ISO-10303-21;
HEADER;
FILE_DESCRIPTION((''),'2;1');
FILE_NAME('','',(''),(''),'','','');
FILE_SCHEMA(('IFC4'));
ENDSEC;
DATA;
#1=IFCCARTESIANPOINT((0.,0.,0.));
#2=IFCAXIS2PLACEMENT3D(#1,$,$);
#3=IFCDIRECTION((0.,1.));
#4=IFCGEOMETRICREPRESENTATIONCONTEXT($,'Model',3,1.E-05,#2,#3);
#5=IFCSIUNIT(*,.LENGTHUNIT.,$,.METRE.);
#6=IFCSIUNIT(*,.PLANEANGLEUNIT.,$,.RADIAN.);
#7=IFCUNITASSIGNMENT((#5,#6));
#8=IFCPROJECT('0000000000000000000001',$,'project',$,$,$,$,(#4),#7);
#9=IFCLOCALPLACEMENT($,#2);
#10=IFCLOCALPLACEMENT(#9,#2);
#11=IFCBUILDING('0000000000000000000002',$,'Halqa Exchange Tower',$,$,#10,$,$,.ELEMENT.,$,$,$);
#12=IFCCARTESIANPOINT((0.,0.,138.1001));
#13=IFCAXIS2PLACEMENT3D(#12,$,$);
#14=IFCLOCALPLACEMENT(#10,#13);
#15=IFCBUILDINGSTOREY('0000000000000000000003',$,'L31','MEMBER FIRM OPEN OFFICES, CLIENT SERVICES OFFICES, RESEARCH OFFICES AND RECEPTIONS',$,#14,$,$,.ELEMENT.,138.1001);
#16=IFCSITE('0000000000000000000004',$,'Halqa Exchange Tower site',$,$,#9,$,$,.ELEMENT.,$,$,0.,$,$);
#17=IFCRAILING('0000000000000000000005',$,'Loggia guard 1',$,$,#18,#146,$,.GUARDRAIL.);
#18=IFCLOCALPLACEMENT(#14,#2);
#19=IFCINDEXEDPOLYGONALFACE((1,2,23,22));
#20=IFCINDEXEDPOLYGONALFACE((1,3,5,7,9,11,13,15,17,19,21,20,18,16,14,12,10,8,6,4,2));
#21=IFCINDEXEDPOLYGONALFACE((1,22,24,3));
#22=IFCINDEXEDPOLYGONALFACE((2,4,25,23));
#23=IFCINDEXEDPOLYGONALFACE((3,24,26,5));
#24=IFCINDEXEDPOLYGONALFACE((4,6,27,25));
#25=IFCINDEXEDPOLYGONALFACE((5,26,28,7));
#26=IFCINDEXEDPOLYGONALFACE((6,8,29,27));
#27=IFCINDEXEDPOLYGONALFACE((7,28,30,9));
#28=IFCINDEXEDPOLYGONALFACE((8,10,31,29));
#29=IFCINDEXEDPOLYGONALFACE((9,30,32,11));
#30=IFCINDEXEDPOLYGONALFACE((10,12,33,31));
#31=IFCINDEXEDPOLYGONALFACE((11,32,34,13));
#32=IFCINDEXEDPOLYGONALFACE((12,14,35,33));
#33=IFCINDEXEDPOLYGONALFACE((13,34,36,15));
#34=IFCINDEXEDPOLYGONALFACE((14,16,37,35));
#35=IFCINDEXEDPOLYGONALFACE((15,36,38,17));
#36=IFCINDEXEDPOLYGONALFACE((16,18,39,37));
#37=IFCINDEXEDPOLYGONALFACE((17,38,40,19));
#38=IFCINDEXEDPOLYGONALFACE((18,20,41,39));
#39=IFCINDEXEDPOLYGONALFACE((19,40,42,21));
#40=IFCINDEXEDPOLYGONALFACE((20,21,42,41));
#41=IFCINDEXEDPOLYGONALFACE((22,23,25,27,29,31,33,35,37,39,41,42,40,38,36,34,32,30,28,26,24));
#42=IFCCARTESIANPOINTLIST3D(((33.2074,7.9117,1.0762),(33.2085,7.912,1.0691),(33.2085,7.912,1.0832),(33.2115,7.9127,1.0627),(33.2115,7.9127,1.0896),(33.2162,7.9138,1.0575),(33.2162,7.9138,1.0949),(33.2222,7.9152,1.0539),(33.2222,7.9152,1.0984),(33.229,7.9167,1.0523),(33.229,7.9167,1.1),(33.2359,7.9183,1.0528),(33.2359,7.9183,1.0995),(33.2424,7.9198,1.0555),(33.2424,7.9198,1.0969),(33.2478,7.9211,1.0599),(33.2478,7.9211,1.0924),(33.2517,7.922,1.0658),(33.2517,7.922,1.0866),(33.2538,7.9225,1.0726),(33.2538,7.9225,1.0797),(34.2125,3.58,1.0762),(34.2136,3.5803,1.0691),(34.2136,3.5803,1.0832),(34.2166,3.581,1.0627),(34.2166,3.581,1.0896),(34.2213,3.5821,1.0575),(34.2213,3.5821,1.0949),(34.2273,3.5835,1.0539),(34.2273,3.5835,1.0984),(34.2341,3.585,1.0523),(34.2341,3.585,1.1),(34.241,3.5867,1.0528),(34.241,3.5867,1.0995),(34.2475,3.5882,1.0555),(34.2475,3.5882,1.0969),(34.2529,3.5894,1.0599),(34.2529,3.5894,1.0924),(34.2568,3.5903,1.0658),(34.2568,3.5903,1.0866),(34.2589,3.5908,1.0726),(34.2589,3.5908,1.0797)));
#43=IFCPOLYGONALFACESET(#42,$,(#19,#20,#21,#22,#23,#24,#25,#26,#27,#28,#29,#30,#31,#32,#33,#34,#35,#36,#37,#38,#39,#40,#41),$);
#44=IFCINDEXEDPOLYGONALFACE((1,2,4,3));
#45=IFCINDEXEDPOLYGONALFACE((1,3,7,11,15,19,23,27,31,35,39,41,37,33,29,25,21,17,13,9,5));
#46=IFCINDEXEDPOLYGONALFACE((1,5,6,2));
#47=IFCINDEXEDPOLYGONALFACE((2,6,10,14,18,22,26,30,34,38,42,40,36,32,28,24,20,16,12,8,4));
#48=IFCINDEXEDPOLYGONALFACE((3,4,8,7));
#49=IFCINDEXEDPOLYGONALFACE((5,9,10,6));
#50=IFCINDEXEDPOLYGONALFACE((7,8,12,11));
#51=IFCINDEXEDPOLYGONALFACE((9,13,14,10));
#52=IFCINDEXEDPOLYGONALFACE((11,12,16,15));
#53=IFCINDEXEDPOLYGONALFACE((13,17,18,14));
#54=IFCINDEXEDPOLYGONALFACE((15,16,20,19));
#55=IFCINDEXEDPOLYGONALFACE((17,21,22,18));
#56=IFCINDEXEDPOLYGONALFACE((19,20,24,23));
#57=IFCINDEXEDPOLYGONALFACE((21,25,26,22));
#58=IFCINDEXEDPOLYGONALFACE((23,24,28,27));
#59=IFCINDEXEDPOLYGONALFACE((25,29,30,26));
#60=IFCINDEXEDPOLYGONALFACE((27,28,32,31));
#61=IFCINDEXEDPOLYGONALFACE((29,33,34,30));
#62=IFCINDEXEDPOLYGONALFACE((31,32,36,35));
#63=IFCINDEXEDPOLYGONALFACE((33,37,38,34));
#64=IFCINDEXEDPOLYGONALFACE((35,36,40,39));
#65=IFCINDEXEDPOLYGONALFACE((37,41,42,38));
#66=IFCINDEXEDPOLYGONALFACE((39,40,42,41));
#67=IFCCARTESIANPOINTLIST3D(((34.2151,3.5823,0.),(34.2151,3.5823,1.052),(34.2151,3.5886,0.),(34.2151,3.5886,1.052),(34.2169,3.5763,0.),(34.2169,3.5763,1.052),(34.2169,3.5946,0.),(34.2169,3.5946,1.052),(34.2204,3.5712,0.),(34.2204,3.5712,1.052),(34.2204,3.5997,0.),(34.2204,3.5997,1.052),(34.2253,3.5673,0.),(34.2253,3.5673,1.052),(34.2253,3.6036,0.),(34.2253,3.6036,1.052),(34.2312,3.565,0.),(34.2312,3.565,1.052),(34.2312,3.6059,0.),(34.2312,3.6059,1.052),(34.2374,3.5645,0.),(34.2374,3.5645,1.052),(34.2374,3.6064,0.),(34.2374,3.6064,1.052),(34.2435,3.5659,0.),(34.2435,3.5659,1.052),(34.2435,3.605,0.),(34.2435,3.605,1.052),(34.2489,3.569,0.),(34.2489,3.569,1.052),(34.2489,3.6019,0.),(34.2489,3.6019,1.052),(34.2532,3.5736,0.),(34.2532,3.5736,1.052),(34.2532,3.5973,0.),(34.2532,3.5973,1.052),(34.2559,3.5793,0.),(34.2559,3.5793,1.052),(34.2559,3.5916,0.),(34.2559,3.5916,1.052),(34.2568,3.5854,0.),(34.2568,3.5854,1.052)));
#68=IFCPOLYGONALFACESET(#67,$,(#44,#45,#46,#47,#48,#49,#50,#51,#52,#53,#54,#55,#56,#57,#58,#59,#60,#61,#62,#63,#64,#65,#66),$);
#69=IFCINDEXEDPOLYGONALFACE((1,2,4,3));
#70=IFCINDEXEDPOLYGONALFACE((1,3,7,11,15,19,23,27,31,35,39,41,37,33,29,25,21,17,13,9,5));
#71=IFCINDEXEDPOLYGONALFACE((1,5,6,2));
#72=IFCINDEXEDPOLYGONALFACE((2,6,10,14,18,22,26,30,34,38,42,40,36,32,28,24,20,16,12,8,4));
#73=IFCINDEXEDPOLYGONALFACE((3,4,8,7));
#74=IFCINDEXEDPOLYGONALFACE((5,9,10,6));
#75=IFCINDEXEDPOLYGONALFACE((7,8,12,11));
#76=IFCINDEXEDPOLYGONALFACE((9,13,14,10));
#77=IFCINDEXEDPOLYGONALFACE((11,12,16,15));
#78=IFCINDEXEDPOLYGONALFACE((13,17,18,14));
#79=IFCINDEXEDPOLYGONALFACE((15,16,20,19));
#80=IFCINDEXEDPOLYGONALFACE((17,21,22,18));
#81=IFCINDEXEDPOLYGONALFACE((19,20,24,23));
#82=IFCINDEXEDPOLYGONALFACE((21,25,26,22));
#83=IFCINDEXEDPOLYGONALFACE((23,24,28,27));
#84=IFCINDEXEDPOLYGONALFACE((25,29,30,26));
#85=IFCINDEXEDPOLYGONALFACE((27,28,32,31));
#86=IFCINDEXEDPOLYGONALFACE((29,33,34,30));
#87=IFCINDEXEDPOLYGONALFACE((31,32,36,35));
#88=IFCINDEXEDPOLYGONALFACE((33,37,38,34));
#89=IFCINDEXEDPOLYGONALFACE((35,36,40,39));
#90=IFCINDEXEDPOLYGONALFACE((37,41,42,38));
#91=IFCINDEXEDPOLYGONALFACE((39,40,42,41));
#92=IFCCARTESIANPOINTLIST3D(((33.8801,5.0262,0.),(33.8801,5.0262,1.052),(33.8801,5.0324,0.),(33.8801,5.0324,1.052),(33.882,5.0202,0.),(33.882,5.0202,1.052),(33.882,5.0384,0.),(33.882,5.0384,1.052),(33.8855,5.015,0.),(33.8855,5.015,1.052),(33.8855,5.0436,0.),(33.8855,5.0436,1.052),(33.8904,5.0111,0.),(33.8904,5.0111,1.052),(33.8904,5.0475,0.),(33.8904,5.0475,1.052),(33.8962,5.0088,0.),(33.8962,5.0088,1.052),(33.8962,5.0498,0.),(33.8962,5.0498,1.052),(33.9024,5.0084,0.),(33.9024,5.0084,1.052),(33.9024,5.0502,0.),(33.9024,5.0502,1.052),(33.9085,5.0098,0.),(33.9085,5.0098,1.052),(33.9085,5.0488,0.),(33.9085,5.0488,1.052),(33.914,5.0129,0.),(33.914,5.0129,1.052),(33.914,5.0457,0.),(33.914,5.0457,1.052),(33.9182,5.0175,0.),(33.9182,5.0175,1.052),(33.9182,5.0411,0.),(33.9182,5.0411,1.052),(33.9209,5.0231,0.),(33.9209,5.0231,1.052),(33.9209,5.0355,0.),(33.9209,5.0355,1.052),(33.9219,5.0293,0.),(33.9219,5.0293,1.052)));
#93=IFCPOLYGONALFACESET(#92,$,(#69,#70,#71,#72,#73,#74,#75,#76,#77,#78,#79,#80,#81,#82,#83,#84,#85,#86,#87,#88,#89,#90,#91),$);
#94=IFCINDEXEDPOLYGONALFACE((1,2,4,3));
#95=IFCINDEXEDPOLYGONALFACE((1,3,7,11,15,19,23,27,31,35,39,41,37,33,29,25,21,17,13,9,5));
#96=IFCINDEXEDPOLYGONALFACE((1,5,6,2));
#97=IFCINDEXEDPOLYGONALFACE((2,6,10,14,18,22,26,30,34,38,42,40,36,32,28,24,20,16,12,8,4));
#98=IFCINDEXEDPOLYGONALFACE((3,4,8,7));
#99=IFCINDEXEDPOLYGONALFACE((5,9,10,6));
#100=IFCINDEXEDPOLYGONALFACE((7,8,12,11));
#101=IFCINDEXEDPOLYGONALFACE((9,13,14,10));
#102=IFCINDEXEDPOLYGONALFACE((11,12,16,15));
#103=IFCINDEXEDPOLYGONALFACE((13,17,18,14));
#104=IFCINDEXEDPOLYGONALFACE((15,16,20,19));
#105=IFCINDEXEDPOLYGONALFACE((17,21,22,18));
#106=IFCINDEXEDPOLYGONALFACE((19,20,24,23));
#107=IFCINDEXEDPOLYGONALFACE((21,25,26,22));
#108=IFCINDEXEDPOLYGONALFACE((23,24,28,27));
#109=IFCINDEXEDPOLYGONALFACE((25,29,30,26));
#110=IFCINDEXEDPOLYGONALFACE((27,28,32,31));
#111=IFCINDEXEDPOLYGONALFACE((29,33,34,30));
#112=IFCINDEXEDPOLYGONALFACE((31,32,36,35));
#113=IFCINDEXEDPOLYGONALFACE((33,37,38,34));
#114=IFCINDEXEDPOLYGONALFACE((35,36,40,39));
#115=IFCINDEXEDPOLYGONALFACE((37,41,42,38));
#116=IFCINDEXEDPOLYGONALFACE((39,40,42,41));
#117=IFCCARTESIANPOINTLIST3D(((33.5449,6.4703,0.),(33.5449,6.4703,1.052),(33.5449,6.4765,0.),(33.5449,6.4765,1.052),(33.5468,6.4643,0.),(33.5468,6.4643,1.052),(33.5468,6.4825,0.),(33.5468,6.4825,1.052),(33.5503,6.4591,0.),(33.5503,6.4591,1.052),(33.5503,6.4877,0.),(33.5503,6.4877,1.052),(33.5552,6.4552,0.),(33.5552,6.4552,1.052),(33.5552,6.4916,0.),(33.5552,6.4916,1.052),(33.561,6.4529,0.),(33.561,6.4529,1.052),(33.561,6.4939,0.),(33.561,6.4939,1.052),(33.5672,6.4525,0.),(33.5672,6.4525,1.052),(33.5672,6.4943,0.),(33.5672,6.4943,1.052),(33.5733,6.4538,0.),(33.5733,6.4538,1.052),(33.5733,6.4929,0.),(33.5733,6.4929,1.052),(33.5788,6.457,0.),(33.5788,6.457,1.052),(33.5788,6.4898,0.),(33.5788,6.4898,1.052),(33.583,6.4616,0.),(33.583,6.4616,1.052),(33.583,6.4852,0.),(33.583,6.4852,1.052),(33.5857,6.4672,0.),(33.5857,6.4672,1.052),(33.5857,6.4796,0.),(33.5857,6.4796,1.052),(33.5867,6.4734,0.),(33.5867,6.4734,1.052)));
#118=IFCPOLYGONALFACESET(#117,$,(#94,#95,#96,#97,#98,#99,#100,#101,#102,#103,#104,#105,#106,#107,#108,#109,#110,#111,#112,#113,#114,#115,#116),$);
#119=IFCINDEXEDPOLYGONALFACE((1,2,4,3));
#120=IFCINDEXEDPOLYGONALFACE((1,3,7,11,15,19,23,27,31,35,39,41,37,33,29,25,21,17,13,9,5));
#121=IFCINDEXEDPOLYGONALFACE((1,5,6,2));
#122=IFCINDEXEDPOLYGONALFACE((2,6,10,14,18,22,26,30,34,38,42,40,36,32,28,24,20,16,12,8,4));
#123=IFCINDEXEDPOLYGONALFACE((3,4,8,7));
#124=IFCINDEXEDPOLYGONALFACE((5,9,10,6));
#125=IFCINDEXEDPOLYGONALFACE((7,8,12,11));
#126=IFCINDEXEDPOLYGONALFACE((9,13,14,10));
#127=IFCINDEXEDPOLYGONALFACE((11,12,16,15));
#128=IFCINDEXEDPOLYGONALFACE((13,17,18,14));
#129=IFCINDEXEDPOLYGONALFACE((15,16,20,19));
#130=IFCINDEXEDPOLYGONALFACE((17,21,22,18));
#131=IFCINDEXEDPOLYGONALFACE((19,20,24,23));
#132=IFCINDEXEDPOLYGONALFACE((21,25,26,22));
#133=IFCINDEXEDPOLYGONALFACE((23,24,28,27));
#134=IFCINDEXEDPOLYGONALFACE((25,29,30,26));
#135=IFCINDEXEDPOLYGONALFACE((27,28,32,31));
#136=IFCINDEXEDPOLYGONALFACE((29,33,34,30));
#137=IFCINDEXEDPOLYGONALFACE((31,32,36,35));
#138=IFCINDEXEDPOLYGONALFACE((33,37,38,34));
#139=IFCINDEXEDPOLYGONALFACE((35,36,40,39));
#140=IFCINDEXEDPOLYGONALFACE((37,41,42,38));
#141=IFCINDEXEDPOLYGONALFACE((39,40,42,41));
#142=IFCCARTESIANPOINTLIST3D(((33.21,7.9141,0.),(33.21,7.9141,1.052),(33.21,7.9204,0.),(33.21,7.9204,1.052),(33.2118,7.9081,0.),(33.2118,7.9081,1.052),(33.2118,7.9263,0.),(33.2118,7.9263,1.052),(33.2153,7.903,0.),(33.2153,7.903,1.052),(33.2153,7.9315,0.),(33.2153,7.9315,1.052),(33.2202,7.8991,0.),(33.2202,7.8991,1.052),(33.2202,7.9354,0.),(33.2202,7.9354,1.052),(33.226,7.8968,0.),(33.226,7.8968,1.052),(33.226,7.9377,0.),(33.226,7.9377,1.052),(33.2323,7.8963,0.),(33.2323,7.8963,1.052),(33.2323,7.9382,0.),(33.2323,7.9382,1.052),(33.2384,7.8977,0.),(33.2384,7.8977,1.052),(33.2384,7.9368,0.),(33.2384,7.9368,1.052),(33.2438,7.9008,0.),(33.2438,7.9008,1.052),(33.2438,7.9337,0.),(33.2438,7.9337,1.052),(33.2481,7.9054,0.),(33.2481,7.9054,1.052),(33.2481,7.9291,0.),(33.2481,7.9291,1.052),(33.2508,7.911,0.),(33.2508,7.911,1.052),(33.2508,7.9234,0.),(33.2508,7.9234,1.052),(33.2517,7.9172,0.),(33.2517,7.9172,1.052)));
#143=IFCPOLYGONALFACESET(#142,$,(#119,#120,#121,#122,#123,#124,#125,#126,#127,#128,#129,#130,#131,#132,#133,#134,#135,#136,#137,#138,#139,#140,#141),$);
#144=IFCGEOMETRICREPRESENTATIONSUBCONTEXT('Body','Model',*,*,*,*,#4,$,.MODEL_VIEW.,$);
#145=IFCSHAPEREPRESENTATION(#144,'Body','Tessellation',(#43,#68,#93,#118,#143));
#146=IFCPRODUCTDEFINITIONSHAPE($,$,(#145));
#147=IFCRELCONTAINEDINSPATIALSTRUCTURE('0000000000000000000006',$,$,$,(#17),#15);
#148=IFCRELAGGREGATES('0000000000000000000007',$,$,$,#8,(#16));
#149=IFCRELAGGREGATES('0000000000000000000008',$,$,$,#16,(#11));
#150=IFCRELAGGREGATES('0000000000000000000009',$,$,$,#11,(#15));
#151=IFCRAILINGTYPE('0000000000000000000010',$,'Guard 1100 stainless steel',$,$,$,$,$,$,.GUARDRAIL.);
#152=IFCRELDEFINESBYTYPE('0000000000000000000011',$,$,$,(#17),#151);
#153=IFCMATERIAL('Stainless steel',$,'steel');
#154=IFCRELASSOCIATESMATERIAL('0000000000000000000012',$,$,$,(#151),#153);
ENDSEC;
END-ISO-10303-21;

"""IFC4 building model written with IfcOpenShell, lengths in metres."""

from ifc_helpers import new_model, si_unit, direction, frame, origin, origin_2d, place, context, subcontext, project, spatial, circle, extrude, material, type_object, element, save


model = new_model("IFC4")

# Units and contexts
model_context = context("Model", 3, precision=1e-05, world=origin(), true_north=direction((0.0, 1.0)))
body_context = subcontext(model_context, "Body", "Model", "MODEL_VIEW")
ifc_project = project(units=[si_unit("LENGTHUNIT", "METRE"), si_unit("PLANEANGLEUNIT", "RADIAN")], contexts=[model_context])

# Site, building, storey
site_placement = place(None, origin())
site = spatial("IfcSite", under=ifc_project, at=site_placement, Name="Halqa Exchange Tower site", CompositionType="ELEMENT", RefElevation=0.0)
building_placement = place(site_placement, origin())
building = spatial("IfcBuilding", under=site, at=building_placement, Name="Halqa Exchange Tower", CompositionType="ELEMENT")
storey_placement = place(building_placement, frame((0.0, 0.0, 138.1001)))
storey = spatial("IfcBuildingStorey", under=building, at=storey_placement, Name="L31", Description="MEMBER FIRM OPEN OFFICES, CLIENT SERVICES OFFICES, RESEARCH OFFICES AND RECEPTIONS", CompositionType="ELEMENT", Elevation=138.1001)

# Railing
ifc_material_1 = material(Name="Stainless steel", Category="steel")
railing_type = type_object("IfcRailingType", Name="Guard 1100 stainless steel", PredefinedType="GUARDRAIL", material=ifc_material_1)
railing_1_placement = place(storey_placement, frame((34.2358, 3.5854, 0.0)))
element("IfcRailing", 1, at=railing_1_placement, inside=storey, type_object=railing_type, Name="Loggia guard 1", PredefinedType="GUARDRAIL", context=body_context, shape_type="SweptSolid", body=[
    extrude(circle(Radius=0.0239, at=origin_2d()), frame((0.0, 0.0, 1.0762), z_axis=(-0.22603, 0.97412, 0.0), x_axis=(-0.97412, -0.22603, 0.0)), (0.0, 0.0, 1.0), 4.4468),
    extrude(circle(Radius=0.021, at=origin_2d()), origin(), (0.0, 0.0, 1.0), 1.052),
    extrude(circle(Radius=0.021, at=origin_2d()), frame((-0.335, 1.4438, 0.0)), (0.0, 0.0, 1.0), 1.052),
    extrude(circle(Radius=0.021, at=origin_2d()), frame((-0.6702, 2.8879, 0.0)), (0.0, 0.0, 1.0), 1.052),
    extrude(circle(Radius=0.021, at=origin_2d()), frame((-1.0051, 4.3318, 0.0)), (0.0, 0.0, 1.0), 1.052),
])

save(model, "model.ifc")
